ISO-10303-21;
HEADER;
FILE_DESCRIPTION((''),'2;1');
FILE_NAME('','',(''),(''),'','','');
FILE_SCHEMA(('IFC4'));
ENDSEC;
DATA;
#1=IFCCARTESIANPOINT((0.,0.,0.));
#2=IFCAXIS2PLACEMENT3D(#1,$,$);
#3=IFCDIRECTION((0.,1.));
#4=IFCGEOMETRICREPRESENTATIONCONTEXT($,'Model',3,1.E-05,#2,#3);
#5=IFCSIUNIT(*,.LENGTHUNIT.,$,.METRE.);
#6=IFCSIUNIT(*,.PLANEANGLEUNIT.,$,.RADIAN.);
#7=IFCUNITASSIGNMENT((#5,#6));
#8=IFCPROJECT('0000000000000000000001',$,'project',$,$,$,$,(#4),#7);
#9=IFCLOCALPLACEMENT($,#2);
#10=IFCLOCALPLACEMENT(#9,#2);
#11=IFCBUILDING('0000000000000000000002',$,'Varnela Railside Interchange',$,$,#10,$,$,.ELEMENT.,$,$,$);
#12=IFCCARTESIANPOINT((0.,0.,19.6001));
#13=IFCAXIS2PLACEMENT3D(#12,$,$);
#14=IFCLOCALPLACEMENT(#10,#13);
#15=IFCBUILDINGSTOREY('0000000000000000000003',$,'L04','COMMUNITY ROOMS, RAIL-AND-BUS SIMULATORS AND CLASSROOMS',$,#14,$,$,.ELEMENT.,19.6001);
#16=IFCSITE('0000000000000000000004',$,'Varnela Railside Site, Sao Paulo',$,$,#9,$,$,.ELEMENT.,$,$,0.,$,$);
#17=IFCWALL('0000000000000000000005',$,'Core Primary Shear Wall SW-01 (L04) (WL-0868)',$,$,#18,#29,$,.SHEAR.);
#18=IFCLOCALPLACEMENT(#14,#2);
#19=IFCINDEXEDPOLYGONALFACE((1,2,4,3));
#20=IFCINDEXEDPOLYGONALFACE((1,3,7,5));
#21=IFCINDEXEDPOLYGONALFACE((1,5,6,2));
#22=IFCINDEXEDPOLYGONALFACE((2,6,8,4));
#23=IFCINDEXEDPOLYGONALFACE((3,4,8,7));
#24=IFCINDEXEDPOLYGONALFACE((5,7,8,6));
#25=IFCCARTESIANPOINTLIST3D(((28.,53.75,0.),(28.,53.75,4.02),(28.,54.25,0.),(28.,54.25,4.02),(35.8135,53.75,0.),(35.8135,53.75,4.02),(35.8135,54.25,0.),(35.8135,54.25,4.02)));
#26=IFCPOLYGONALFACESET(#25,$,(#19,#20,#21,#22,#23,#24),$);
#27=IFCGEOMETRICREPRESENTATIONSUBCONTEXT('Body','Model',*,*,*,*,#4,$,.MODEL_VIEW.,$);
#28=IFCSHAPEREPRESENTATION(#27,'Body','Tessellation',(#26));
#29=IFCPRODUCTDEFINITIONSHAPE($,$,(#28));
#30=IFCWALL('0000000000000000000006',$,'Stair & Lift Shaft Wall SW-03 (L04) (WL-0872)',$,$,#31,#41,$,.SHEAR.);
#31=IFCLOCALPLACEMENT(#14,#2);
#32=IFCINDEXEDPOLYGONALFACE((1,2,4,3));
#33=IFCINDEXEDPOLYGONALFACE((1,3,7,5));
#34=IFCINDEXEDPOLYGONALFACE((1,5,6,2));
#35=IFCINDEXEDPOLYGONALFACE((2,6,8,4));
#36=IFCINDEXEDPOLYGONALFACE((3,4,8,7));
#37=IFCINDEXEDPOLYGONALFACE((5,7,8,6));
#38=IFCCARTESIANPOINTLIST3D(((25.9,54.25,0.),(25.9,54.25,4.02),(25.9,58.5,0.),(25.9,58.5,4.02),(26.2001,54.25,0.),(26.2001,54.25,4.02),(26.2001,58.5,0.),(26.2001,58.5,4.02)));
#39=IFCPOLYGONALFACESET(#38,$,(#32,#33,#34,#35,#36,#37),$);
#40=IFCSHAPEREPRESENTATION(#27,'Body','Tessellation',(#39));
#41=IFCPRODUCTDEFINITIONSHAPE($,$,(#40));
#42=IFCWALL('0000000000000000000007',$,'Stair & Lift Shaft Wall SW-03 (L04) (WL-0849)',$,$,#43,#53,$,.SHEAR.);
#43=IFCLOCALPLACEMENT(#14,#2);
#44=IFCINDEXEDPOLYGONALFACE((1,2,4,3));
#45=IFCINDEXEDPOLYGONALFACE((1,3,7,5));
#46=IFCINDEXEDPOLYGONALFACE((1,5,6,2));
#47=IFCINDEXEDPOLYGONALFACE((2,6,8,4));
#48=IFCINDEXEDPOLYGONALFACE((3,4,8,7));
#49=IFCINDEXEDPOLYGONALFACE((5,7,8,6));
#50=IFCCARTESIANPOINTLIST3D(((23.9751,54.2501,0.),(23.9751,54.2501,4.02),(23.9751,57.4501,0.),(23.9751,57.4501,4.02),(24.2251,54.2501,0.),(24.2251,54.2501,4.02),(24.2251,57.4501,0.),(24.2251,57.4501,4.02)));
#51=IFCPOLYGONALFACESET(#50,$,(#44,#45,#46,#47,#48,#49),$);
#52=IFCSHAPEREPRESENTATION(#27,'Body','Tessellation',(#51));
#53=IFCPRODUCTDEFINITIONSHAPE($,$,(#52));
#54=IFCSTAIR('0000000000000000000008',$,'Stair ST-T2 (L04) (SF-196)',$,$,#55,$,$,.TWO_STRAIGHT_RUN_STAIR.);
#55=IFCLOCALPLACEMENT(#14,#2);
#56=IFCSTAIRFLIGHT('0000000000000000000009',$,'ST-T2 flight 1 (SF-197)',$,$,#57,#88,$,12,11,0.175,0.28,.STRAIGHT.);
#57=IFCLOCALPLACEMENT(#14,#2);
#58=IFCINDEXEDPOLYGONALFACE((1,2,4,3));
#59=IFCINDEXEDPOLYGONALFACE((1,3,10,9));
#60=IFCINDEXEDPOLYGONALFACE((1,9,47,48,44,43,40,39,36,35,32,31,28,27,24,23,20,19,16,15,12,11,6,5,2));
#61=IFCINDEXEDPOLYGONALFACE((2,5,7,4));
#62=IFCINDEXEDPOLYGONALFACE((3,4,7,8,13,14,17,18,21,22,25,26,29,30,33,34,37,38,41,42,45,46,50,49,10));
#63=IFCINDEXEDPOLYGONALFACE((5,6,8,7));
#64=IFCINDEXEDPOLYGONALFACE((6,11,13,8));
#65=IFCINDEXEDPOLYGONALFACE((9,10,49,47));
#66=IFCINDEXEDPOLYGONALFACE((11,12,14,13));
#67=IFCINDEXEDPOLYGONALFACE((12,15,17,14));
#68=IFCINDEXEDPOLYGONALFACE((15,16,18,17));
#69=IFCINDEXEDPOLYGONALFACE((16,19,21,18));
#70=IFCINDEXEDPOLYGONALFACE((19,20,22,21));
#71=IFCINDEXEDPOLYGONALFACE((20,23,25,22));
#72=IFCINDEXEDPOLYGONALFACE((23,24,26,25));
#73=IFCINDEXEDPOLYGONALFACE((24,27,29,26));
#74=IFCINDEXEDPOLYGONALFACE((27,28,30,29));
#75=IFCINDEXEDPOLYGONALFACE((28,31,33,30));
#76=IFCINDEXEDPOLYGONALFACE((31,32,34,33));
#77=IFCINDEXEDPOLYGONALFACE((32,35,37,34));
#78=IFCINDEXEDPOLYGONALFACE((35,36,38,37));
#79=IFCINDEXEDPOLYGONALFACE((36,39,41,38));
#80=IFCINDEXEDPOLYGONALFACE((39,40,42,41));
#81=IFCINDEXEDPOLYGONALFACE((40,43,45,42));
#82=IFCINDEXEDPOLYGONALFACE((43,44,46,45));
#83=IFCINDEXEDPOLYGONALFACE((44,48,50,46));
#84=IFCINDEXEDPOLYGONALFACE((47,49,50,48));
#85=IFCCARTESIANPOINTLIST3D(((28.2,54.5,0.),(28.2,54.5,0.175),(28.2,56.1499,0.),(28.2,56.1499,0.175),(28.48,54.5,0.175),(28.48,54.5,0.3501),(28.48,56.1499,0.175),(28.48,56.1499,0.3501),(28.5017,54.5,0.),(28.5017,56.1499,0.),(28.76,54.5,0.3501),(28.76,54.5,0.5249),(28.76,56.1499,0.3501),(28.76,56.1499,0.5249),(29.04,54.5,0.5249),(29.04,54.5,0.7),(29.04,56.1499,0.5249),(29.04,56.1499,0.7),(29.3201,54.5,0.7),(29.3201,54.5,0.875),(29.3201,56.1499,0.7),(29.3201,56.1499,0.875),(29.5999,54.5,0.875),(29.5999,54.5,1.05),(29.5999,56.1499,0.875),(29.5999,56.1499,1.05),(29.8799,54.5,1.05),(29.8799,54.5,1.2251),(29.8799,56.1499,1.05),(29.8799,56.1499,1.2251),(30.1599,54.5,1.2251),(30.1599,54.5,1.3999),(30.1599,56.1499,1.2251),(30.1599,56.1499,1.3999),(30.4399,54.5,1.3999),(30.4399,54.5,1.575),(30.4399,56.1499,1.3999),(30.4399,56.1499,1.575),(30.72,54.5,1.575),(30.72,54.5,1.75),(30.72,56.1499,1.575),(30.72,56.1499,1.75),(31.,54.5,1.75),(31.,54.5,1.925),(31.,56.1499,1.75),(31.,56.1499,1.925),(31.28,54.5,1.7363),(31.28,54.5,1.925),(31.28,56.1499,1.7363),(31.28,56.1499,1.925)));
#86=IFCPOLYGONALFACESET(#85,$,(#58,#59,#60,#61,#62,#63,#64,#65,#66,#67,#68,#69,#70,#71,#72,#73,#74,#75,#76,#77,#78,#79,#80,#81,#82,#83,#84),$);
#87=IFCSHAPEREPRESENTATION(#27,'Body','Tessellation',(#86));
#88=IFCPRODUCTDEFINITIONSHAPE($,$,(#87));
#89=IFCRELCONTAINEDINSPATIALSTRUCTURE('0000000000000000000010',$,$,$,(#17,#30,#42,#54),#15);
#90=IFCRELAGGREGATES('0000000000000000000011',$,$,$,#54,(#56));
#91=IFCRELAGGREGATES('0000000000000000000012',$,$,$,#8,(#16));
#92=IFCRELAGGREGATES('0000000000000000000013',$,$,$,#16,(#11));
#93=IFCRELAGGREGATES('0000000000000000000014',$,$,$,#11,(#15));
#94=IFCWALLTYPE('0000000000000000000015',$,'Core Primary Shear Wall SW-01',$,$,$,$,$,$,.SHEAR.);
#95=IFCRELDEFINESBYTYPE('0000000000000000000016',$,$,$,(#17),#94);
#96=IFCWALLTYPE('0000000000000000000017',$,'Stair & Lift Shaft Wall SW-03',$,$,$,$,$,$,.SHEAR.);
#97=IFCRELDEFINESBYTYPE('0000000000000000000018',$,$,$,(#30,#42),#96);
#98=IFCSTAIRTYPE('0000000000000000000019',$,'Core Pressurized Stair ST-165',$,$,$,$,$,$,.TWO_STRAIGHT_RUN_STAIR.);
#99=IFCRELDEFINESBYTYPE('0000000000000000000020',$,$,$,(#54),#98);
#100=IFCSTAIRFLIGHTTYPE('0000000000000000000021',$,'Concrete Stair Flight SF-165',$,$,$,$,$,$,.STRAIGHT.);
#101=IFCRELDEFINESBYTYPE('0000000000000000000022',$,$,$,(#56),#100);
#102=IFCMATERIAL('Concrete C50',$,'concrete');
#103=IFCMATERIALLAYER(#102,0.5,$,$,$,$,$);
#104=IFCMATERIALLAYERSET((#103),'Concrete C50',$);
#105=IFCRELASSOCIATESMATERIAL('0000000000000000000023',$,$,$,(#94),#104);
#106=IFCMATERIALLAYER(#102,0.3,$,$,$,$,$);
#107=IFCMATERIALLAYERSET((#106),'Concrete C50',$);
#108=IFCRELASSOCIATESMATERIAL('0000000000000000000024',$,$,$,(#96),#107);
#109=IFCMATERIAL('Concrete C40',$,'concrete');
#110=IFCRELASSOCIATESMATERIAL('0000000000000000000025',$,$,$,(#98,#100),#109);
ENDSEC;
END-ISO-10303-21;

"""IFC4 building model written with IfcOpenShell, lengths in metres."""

from ifc_helpers import new_model, si_unit, direction, frame, frame_2d, origin, place, context, subcontext, project, spatial, polyline, rectangle, outline, extrude, material, layer, layer_set, type_object, element, aggregate, save


model = new_model("IFC4")

# Units and contexts
model_context = context("Model", 3, precision=1e-05, world=origin(), true_north=direction((0.0, 1.0)))
body_context = subcontext(model_context, "Body", "Model", "MODEL_VIEW")
ifc_project = project(units=[si_unit("LENGTHUNIT", "METRE"), si_unit("PLANEANGLEUNIT", "RADIAN")], contexts=[model_context])

# Site, building, storey
site_placement = place(None, origin())
site = spatial("IfcSite", under=ifc_project, at=site_placement, Name="Varnela Railside Site, Sao Paulo", CompositionType="ELEMENT", RefElevation=0.0)
building_placement = place(site_placement, origin())
building = spatial("IfcBuilding", under=site, at=building_placement, Name="Varnela Railside Interchange", CompositionType="ELEMENT")
storey_placement = place(building_placement, frame((0.0, 0.0, 19.6001)))
storey = spatial("IfcBuildingStorey", under=building, at=storey_placement, Name="L04", Description="COMMUNITY ROOMS, RAIL-AND-BUS SIMULATORS AND CLASSROOMS", CompositionType="ELEMENT", Elevation=19.6001)

# Shared definitions
ifc_material_1 = material(Name="Concrete C40", Category="concrete")

# Walls
ifc_material_2 = material(Name="Concrete C50", Category="concrete")
ifc_layer_1 = layer(ifc_material_2, 0.5)
ifc_layer_set_1 = layer_set([ifc_layer_1], Name="Concrete C50")
wall_type_1 = type_object("IfcWallType", Name="Core Primary Shear Wall SW-01", PredefinedType="SHEAR", material=ifc_layer_set_1)
wall_1_placement = place(storey_placement, frame((28.0, 54.0, 0.0), z_axis=(0.0, 0.0, 1.0), x_axis=(1.0, 0.0, 0.0)))
element("IfcWall", 1, at=wall_1_placement, inside=storey, type_object=wall_type_1, Name="Core Primary Shear Wall SW-01 (L04) (WL-0868)", PredefinedType="SHEAR", context=body_context, shape_type="SweptSolid", body=[
    extrude(rectangle(XDim=7.8135, YDim=0.5, at=frame_2d((3.9067, 0.0))), origin(), (0.0, 0.0, 1.0), 4.02),
])
ifc_layer_2 = layer(ifc_material_2, 0.3)
ifc_layer_set_2 = layer_set([ifc_layer_2], Name="Concrete C50")
wall_type_2 = type_object("IfcWallType", Name="Stair & Lift Shaft Wall SW-03", PredefinedType="SHEAR", material=ifc_layer_set_2)
wall_2_placement = place(storey_placement, frame((26.05, 54.25, 0.0), z_axis=(0.0, 0.0, 1.0), x_axis=(0.0, 1.0, 0.0)))
element("IfcWall", 2, at=wall_2_placement, inside=storey, type_object=wall_type_2, Name="Stair & Lift Shaft Wall SW-03 (L04) (WL-0872)", PredefinedType="SHEAR", context=body_context, shape_type="SweptSolid", body=[
    extrude(rectangle(XDim=4.25, YDim=0.3, at=frame_2d((2.125, 0.0))), origin(), (0.0, 0.0, 1.0), 4.02),
])
wall_3_placement = place(storey_placement, frame((24.1001, 54.25, 0.0), z_axis=(0.0, 0.0, 1.0), x_axis=(0.0, 1.0, 0.0)))
element("IfcWall", 3, at=wall_3_placement, inside=storey, type_object=wall_type_2, Name="Stair & Lift Shaft Wall SW-03 (L04) (WL-0849)", PredefinedType="SHEAR", context=body_context, shape_type="SweptSolid", body=[
    extrude(rectangle(XDim=3.2, YDim=0.25, at=frame_2d((1.6001, 0.0))), origin(), (0.0, 0.0, 1.0), 4.02),
])

# Stair, stair flight
stair_type = type_object("IfcStairType", Name="Core Pressurized Stair ST-165", PredefinedType="TWO_STRAIGHT_RUN_STAIR", material=ifc_material_1)
stair_placement = place(storey_placement, origin())
stair = element("IfcStair", 4, at=stair_placement, inside=storey, type_object=stair_type, Name="Stair ST-T2 (L04) (SF-196)", PredefinedType="TWO_STRAIGHT_RUN_STAIR")
stair_flight_type = type_object("IfcStairFlightType", Name="Concrete Stair Flight SF-165", PredefinedType="STRAIGHT", material=ifc_material_1)
stair_flight_placement = place(storey_placement, frame((28.2, 55.325, 0.0), z_axis=(0.0, 0.0, 1.0), x_axis=(1.0, 0.0, 0.0)))
stair_flight = element("IfcStairFlight", 5, at=stair_flight_placement, type_object=stair_flight_type, Name="ST-T2 flight 1 (SF-197)", NumberOfRisers=12, NumberOfTreads=11, PredefinedType="STRAIGHT", RiserHeight=0.175, TreadLength=0.28, context=body_context, shape_type="SweptSolid", body=[
    extrude(outline(polyline([(0.0, 0.0), (0.0, 0.175), (0.28, 0.175), (0.28, 0.3501), (0.5601, 0.3501), (0.5601, 0.5249), (0.8401, 0.5249), (0.8401, 0.7), (1.1201, 0.7), (1.1201, 0.875), (1.3999, 0.875), (1.3999, 1.05), (1.6799, 1.05), (1.6799, 1.2251), (1.96, 1.2251), (1.96, 1.3999), (2.24, 1.3999), (2.24, 1.575), (2.52, 1.575), (2.52, 1.75), (2.8, 1.75), (2.8, 1.925), (3.0801, 1.925), (3.0801, 2.1001), (3.0801, 1.7363), (0.3018, 0.0), (0.0, 0.0)])), frame((0.0, 0.825, 0.0), z_axis=(0.0, -1.0, 0.0), x_axis=(1.0, 0.0, 0.0)), (0.0, 0.0, 1.0), 1.6499),
])
aggregate(stair, [stair_flight])

save(model, "model.ifc")
